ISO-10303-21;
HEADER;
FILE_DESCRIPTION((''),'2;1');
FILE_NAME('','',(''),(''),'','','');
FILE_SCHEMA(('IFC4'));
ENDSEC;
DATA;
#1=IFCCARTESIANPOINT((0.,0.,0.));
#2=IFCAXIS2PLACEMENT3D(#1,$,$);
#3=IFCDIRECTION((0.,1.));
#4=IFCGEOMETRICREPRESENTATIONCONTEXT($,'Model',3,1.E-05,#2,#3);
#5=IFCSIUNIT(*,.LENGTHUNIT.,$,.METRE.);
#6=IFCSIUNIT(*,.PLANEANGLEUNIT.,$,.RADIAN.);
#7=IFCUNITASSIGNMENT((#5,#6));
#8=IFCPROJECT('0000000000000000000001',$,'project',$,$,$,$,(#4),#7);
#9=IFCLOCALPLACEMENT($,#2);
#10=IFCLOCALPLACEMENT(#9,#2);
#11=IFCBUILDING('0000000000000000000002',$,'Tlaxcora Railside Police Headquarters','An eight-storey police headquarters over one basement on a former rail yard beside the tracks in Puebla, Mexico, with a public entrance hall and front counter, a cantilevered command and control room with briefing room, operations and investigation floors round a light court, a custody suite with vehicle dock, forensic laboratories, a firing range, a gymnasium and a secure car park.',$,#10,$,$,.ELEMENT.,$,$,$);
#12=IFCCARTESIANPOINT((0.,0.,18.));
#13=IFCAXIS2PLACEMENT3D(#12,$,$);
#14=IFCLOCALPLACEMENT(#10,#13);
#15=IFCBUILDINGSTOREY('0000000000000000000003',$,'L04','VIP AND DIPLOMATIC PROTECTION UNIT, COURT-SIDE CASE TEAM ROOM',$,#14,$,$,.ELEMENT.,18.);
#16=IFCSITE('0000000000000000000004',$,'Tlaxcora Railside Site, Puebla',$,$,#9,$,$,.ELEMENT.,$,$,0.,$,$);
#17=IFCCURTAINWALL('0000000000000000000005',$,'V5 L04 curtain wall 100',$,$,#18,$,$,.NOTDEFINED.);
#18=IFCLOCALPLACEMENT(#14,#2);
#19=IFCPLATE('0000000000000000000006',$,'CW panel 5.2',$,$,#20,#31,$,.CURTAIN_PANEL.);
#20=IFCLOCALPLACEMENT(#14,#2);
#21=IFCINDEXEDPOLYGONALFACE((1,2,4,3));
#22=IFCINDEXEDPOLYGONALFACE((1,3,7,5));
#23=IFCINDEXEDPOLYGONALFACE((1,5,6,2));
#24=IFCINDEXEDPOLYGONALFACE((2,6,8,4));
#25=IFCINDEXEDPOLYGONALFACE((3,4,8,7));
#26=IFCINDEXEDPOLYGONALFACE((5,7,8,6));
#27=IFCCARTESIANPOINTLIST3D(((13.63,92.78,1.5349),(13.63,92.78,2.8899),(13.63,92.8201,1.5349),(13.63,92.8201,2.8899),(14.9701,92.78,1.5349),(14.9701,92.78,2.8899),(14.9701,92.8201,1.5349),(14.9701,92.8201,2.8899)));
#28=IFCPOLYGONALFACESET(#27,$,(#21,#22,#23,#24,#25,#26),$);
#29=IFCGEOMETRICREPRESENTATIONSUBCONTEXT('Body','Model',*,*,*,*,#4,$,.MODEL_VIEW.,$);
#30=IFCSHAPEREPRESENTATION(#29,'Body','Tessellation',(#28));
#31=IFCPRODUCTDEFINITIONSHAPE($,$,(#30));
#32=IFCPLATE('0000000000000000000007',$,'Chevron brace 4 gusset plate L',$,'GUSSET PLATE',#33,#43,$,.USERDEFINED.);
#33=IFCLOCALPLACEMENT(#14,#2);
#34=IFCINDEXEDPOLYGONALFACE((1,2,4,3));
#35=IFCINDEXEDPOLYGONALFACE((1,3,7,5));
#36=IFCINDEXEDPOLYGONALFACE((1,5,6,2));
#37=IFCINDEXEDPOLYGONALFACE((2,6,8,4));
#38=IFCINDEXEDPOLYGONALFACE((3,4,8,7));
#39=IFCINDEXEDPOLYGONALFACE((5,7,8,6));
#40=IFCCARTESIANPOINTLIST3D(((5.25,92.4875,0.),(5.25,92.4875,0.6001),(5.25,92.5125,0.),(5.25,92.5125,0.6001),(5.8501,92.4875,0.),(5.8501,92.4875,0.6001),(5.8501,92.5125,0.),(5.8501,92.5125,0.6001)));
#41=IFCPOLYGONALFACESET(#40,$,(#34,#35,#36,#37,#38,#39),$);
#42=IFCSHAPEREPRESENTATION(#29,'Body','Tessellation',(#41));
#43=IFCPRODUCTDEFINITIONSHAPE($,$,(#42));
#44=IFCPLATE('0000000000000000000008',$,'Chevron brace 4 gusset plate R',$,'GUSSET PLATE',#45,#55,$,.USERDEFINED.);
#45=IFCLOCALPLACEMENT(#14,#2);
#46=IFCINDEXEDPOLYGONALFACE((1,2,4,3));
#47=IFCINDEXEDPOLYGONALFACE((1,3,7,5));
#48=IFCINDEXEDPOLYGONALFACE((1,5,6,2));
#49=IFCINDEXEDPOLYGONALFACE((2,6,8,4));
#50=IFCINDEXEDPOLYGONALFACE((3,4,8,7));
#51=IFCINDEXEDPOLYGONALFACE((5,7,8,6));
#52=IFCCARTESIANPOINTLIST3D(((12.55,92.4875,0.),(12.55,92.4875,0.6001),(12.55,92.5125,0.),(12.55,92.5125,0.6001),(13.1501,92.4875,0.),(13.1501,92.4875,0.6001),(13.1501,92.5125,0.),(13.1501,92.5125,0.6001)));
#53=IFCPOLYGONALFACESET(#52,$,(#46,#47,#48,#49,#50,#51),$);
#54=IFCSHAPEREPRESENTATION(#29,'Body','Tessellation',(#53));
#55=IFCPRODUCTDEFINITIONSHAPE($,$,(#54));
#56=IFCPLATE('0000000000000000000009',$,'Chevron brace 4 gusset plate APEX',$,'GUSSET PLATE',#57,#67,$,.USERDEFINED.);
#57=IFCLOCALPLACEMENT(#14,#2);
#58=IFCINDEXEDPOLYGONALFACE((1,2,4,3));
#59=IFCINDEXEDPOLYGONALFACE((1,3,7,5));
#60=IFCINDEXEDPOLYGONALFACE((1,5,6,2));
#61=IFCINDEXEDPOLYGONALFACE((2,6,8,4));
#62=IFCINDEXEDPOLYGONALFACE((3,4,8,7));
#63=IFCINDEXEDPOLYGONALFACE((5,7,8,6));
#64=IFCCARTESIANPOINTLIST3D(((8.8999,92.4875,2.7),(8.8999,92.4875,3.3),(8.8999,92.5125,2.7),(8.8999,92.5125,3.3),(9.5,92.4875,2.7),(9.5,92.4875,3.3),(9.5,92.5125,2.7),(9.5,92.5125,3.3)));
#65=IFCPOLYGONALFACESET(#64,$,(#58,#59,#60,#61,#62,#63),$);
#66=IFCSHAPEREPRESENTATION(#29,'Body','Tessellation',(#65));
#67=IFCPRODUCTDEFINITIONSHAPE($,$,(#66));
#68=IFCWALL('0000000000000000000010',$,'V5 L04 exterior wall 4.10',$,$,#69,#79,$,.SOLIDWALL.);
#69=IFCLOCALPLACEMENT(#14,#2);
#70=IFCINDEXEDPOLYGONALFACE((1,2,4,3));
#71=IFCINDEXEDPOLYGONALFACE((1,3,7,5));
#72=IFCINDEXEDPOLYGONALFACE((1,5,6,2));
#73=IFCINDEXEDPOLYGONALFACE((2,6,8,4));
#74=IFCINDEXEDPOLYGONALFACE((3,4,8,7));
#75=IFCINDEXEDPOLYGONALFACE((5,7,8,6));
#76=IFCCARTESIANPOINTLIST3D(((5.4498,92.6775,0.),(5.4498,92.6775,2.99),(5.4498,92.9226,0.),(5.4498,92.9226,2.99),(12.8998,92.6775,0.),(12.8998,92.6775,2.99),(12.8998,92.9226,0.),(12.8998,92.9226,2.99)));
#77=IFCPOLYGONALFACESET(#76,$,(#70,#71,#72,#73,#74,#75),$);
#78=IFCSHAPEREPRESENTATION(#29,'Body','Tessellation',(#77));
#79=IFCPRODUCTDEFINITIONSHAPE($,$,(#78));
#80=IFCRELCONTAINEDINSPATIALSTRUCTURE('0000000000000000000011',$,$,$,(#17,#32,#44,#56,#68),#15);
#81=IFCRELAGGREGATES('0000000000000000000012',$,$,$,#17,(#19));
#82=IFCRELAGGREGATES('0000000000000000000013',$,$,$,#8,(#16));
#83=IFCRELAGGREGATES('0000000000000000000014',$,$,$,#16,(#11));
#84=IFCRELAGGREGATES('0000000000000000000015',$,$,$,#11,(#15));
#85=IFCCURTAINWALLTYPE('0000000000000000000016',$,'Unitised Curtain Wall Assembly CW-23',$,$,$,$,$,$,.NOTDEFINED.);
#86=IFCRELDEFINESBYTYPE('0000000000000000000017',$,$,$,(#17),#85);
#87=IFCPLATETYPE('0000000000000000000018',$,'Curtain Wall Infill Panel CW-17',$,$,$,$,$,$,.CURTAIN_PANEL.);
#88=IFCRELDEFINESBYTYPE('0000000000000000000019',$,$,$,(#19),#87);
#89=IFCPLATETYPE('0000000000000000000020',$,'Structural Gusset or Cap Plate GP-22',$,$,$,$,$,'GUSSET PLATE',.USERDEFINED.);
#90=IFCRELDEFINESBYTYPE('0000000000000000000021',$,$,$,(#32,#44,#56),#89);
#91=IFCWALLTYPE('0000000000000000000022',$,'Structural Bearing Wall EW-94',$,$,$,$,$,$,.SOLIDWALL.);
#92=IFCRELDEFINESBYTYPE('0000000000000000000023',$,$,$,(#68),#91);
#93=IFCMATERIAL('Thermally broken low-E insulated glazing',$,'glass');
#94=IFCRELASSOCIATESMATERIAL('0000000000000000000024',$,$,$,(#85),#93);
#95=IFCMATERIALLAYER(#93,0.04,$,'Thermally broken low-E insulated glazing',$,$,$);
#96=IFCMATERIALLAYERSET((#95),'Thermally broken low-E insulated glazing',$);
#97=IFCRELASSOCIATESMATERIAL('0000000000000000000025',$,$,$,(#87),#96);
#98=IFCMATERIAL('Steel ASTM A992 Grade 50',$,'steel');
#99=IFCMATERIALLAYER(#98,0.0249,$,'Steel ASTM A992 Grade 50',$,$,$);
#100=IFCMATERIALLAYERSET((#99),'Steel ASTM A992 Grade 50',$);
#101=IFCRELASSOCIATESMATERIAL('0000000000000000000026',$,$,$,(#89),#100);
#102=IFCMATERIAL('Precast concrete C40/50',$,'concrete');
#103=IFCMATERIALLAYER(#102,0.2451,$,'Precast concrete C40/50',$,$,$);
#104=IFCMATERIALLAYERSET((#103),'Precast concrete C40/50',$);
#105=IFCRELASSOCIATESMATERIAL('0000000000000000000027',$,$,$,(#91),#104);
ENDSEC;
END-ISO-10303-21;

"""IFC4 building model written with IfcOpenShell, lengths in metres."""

from ifc_helpers import new_model, si_unit, direction, frame, frame_2d, origin, origin_2d, place, context, subcontext, project, spatial, rectangle, extrude, material, layer, layer_set, type_object, element, aggregate, save


model = new_model("IFC4")

# Units and contexts
model_context = context("Model", 3, precision=1e-05, world=origin(), true_north=direction((0.0, 1.0)))
body_context = subcontext(model_context, "Body", "Model", "MODEL_VIEW")
ifc_project = project(units=[si_unit("LENGTHUNIT", "METRE"), si_unit("PLANEANGLEUNIT", "RADIAN")], contexts=[model_context])

# Site, building, storey
site_placement = place(None, origin())
site = spatial("IfcSite", under=ifc_project, at=site_placement, Name="Tlaxcora Railside Site, Puebla", CompositionType="ELEMENT", RefElevation=0.0)
building_placement = place(site_placement, origin())
building = spatial("IfcBuilding", under=site, at=building_placement, Name="Tlaxcora Railside Police Headquarters", Description="An eight-storey police headquarters over one basement on a former rail yard beside the tracks in Puebla, Mexico, with a public entrance hall and front counter, a cantilevered command and control room with briefing room, operations and investigation floors round a light court, a custody suite with vehicle dock, forensic laboratories, a firing range, a gymnasium and a secure car park.", CompositionType="ELEMENT")
storey_placement = place(building_placement, frame((0.0, 0.0, 18.0)))
storey = spatial("IfcBuildingStorey", under=building, at=storey_placement, Name="L04", Description="VIP AND DIPLOMATIC PROTECTION UNIT, COURT-SIDE CASE TEAM ROOM", CompositionType="ELEMENT", Elevation=18.0)

# Curtain wall
ifc_material_1 = material(Name="Thermally broken low-E insulated glazing", Category="glass")
curtain_wall_type_1 = type_object("IfcCurtainWallType", Name="Unitised Curtain Wall Assembly CW-23", PredefinedType="NOTDEFINED", material=ifc_material_1)
curtain_wall_1_placement = place(storey_placement, origin())
curtain_wall_1 = element("IfcCurtainWall", 1, at=curtain_wall_1_placement, inside=storey, type_object=curtain_wall_type_1, Name="V5 L04 curtain wall 100", PredefinedType="NOTDEFINED")

# Shared definitions
ifc_material_2 = material(Name="Steel ASTM A992 Grade 50", Category="steel")

# Plate
ifc_layer_1 = layer(ifc_material_1, 0.04, Name="Thermally broken low-E insulated glazing")
ifc_layer_set_1 = layer_set([ifc_layer_1], Name="Thermally broken low-E insulated glazing")
plate_type_1 = type_object("IfcPlateType", Name="Curtain Wall Infill Panel CW-17", PredefinedType="CURTAIN_PANEL", material=ifc_layer_set_1)
plate_1_placement = place(storey_placement, frame((14.3, 92.8, 1.5349), z_axis=(0.0, 0.0, 1.0), x_axis=(-1.0, 0.0, 0.0)))
plate_1 = element("IfcPlate", 2, at=plate_1_placement, type_object=plate_type_1, Name="CW panel 5.2", PredefinedType="CURTAIN_PANEL", context=body_context, shape_type="SweptSolid", body=[
    extrude(rectangle(XDim=1.3401, YDim=0.04, at=origin_2d()), origin(), (0.0, 0.0, 1.0), 1.355),
])
aggregate(curtain_wall_1, [plate_1])

# Plates
ifc_layer_2 = layer(ifc_material_2, 0.0249, Name="Steel ASTM A992 Grade 50")
ifc_layer_set_2 = layer_set([ifc_layer_2], Name="Steel ASTM A992 Grade 50")
plate_type_2 = type_object("IfcPlateType", Name="Structural Gusset or Cap Plate GP-22", ElementType="GUSSET PLATE", PredefinedType="USERDEFINED", material=ifc_layer_set_2)
for number, where, z_axis, x_axis, name in (
    (3, (5.55, 92.5, 0.0), (0.0, 0.0, 1.0), (1.0, 0.0, 0.0), "Chevron brace 4 gusset plate L"),
    (4, (12.8501, 92.5, 0.0), (0.0, 0.0, 1.0), (1.0, 0.0, 0.0), "Chevron brace 4 gusset plate R"),
    (5, (9.2, 92.5, 2.7), (0.0, 0.0, 1.0), (1.0, 0.0, 0.0), "Chevron brace 4 gusset plate APEX"),
):
    element("IfcPlate", number, at=place(storey_placement, frame(where, z_axis=z_axis, x_axis=x_axis)), inside=storey, type_object=plate_type_2, Name=name, ObjectType="GUSSET PLATE", PredefinedType="USERDEFINED", context=body_context, shape_type="SweptSolid", body=[
        extrude(rectangle(XDim=0.6001, YDim=0.0249, at=origin_2d()), origin(), (0.0, 0.0, 1.0), 0.6001),
    ])

# Wall
ifc_material_3 = material(Name="Precast concrete C40/50", Category="concrete")
ifc_layer_3 = layer(ifc_material_3, 0.2451, Name="Precast concrete C40/50")
ifc_layer_set_3 = layer_set([ifc_layer_3], Name="Precast concrete C40/50")
wall_type = type_object("IfcWallType", Name="Structural Bearing Wall EW-94", PredefinedType="SOLIDWALL", material=ifc_layer_set_3)
wall_placement = place(storey_placement, frame((12.8999, 92.8, 0.0), z_axis=(0.0, 0.0, 1.0), x_axis=(-1.0, 0.0, 0.0)))
element("IfcWall", 6, at=wall_placement, inside=storey, type_object=wall_type, Name="V5 L04 exterior wall 4.10", PredefinedType="SOLIDWALL", context=body_context, shape_type="SweptSolid", body=[
    extrude(rectangle(XDim=7.45, YDim=0.2451, at=frame_2d((3.7251, 0.0))), origin(), (0.0, 0.0, 1.0), 2.99),
])

save(model, "model.ifc")
